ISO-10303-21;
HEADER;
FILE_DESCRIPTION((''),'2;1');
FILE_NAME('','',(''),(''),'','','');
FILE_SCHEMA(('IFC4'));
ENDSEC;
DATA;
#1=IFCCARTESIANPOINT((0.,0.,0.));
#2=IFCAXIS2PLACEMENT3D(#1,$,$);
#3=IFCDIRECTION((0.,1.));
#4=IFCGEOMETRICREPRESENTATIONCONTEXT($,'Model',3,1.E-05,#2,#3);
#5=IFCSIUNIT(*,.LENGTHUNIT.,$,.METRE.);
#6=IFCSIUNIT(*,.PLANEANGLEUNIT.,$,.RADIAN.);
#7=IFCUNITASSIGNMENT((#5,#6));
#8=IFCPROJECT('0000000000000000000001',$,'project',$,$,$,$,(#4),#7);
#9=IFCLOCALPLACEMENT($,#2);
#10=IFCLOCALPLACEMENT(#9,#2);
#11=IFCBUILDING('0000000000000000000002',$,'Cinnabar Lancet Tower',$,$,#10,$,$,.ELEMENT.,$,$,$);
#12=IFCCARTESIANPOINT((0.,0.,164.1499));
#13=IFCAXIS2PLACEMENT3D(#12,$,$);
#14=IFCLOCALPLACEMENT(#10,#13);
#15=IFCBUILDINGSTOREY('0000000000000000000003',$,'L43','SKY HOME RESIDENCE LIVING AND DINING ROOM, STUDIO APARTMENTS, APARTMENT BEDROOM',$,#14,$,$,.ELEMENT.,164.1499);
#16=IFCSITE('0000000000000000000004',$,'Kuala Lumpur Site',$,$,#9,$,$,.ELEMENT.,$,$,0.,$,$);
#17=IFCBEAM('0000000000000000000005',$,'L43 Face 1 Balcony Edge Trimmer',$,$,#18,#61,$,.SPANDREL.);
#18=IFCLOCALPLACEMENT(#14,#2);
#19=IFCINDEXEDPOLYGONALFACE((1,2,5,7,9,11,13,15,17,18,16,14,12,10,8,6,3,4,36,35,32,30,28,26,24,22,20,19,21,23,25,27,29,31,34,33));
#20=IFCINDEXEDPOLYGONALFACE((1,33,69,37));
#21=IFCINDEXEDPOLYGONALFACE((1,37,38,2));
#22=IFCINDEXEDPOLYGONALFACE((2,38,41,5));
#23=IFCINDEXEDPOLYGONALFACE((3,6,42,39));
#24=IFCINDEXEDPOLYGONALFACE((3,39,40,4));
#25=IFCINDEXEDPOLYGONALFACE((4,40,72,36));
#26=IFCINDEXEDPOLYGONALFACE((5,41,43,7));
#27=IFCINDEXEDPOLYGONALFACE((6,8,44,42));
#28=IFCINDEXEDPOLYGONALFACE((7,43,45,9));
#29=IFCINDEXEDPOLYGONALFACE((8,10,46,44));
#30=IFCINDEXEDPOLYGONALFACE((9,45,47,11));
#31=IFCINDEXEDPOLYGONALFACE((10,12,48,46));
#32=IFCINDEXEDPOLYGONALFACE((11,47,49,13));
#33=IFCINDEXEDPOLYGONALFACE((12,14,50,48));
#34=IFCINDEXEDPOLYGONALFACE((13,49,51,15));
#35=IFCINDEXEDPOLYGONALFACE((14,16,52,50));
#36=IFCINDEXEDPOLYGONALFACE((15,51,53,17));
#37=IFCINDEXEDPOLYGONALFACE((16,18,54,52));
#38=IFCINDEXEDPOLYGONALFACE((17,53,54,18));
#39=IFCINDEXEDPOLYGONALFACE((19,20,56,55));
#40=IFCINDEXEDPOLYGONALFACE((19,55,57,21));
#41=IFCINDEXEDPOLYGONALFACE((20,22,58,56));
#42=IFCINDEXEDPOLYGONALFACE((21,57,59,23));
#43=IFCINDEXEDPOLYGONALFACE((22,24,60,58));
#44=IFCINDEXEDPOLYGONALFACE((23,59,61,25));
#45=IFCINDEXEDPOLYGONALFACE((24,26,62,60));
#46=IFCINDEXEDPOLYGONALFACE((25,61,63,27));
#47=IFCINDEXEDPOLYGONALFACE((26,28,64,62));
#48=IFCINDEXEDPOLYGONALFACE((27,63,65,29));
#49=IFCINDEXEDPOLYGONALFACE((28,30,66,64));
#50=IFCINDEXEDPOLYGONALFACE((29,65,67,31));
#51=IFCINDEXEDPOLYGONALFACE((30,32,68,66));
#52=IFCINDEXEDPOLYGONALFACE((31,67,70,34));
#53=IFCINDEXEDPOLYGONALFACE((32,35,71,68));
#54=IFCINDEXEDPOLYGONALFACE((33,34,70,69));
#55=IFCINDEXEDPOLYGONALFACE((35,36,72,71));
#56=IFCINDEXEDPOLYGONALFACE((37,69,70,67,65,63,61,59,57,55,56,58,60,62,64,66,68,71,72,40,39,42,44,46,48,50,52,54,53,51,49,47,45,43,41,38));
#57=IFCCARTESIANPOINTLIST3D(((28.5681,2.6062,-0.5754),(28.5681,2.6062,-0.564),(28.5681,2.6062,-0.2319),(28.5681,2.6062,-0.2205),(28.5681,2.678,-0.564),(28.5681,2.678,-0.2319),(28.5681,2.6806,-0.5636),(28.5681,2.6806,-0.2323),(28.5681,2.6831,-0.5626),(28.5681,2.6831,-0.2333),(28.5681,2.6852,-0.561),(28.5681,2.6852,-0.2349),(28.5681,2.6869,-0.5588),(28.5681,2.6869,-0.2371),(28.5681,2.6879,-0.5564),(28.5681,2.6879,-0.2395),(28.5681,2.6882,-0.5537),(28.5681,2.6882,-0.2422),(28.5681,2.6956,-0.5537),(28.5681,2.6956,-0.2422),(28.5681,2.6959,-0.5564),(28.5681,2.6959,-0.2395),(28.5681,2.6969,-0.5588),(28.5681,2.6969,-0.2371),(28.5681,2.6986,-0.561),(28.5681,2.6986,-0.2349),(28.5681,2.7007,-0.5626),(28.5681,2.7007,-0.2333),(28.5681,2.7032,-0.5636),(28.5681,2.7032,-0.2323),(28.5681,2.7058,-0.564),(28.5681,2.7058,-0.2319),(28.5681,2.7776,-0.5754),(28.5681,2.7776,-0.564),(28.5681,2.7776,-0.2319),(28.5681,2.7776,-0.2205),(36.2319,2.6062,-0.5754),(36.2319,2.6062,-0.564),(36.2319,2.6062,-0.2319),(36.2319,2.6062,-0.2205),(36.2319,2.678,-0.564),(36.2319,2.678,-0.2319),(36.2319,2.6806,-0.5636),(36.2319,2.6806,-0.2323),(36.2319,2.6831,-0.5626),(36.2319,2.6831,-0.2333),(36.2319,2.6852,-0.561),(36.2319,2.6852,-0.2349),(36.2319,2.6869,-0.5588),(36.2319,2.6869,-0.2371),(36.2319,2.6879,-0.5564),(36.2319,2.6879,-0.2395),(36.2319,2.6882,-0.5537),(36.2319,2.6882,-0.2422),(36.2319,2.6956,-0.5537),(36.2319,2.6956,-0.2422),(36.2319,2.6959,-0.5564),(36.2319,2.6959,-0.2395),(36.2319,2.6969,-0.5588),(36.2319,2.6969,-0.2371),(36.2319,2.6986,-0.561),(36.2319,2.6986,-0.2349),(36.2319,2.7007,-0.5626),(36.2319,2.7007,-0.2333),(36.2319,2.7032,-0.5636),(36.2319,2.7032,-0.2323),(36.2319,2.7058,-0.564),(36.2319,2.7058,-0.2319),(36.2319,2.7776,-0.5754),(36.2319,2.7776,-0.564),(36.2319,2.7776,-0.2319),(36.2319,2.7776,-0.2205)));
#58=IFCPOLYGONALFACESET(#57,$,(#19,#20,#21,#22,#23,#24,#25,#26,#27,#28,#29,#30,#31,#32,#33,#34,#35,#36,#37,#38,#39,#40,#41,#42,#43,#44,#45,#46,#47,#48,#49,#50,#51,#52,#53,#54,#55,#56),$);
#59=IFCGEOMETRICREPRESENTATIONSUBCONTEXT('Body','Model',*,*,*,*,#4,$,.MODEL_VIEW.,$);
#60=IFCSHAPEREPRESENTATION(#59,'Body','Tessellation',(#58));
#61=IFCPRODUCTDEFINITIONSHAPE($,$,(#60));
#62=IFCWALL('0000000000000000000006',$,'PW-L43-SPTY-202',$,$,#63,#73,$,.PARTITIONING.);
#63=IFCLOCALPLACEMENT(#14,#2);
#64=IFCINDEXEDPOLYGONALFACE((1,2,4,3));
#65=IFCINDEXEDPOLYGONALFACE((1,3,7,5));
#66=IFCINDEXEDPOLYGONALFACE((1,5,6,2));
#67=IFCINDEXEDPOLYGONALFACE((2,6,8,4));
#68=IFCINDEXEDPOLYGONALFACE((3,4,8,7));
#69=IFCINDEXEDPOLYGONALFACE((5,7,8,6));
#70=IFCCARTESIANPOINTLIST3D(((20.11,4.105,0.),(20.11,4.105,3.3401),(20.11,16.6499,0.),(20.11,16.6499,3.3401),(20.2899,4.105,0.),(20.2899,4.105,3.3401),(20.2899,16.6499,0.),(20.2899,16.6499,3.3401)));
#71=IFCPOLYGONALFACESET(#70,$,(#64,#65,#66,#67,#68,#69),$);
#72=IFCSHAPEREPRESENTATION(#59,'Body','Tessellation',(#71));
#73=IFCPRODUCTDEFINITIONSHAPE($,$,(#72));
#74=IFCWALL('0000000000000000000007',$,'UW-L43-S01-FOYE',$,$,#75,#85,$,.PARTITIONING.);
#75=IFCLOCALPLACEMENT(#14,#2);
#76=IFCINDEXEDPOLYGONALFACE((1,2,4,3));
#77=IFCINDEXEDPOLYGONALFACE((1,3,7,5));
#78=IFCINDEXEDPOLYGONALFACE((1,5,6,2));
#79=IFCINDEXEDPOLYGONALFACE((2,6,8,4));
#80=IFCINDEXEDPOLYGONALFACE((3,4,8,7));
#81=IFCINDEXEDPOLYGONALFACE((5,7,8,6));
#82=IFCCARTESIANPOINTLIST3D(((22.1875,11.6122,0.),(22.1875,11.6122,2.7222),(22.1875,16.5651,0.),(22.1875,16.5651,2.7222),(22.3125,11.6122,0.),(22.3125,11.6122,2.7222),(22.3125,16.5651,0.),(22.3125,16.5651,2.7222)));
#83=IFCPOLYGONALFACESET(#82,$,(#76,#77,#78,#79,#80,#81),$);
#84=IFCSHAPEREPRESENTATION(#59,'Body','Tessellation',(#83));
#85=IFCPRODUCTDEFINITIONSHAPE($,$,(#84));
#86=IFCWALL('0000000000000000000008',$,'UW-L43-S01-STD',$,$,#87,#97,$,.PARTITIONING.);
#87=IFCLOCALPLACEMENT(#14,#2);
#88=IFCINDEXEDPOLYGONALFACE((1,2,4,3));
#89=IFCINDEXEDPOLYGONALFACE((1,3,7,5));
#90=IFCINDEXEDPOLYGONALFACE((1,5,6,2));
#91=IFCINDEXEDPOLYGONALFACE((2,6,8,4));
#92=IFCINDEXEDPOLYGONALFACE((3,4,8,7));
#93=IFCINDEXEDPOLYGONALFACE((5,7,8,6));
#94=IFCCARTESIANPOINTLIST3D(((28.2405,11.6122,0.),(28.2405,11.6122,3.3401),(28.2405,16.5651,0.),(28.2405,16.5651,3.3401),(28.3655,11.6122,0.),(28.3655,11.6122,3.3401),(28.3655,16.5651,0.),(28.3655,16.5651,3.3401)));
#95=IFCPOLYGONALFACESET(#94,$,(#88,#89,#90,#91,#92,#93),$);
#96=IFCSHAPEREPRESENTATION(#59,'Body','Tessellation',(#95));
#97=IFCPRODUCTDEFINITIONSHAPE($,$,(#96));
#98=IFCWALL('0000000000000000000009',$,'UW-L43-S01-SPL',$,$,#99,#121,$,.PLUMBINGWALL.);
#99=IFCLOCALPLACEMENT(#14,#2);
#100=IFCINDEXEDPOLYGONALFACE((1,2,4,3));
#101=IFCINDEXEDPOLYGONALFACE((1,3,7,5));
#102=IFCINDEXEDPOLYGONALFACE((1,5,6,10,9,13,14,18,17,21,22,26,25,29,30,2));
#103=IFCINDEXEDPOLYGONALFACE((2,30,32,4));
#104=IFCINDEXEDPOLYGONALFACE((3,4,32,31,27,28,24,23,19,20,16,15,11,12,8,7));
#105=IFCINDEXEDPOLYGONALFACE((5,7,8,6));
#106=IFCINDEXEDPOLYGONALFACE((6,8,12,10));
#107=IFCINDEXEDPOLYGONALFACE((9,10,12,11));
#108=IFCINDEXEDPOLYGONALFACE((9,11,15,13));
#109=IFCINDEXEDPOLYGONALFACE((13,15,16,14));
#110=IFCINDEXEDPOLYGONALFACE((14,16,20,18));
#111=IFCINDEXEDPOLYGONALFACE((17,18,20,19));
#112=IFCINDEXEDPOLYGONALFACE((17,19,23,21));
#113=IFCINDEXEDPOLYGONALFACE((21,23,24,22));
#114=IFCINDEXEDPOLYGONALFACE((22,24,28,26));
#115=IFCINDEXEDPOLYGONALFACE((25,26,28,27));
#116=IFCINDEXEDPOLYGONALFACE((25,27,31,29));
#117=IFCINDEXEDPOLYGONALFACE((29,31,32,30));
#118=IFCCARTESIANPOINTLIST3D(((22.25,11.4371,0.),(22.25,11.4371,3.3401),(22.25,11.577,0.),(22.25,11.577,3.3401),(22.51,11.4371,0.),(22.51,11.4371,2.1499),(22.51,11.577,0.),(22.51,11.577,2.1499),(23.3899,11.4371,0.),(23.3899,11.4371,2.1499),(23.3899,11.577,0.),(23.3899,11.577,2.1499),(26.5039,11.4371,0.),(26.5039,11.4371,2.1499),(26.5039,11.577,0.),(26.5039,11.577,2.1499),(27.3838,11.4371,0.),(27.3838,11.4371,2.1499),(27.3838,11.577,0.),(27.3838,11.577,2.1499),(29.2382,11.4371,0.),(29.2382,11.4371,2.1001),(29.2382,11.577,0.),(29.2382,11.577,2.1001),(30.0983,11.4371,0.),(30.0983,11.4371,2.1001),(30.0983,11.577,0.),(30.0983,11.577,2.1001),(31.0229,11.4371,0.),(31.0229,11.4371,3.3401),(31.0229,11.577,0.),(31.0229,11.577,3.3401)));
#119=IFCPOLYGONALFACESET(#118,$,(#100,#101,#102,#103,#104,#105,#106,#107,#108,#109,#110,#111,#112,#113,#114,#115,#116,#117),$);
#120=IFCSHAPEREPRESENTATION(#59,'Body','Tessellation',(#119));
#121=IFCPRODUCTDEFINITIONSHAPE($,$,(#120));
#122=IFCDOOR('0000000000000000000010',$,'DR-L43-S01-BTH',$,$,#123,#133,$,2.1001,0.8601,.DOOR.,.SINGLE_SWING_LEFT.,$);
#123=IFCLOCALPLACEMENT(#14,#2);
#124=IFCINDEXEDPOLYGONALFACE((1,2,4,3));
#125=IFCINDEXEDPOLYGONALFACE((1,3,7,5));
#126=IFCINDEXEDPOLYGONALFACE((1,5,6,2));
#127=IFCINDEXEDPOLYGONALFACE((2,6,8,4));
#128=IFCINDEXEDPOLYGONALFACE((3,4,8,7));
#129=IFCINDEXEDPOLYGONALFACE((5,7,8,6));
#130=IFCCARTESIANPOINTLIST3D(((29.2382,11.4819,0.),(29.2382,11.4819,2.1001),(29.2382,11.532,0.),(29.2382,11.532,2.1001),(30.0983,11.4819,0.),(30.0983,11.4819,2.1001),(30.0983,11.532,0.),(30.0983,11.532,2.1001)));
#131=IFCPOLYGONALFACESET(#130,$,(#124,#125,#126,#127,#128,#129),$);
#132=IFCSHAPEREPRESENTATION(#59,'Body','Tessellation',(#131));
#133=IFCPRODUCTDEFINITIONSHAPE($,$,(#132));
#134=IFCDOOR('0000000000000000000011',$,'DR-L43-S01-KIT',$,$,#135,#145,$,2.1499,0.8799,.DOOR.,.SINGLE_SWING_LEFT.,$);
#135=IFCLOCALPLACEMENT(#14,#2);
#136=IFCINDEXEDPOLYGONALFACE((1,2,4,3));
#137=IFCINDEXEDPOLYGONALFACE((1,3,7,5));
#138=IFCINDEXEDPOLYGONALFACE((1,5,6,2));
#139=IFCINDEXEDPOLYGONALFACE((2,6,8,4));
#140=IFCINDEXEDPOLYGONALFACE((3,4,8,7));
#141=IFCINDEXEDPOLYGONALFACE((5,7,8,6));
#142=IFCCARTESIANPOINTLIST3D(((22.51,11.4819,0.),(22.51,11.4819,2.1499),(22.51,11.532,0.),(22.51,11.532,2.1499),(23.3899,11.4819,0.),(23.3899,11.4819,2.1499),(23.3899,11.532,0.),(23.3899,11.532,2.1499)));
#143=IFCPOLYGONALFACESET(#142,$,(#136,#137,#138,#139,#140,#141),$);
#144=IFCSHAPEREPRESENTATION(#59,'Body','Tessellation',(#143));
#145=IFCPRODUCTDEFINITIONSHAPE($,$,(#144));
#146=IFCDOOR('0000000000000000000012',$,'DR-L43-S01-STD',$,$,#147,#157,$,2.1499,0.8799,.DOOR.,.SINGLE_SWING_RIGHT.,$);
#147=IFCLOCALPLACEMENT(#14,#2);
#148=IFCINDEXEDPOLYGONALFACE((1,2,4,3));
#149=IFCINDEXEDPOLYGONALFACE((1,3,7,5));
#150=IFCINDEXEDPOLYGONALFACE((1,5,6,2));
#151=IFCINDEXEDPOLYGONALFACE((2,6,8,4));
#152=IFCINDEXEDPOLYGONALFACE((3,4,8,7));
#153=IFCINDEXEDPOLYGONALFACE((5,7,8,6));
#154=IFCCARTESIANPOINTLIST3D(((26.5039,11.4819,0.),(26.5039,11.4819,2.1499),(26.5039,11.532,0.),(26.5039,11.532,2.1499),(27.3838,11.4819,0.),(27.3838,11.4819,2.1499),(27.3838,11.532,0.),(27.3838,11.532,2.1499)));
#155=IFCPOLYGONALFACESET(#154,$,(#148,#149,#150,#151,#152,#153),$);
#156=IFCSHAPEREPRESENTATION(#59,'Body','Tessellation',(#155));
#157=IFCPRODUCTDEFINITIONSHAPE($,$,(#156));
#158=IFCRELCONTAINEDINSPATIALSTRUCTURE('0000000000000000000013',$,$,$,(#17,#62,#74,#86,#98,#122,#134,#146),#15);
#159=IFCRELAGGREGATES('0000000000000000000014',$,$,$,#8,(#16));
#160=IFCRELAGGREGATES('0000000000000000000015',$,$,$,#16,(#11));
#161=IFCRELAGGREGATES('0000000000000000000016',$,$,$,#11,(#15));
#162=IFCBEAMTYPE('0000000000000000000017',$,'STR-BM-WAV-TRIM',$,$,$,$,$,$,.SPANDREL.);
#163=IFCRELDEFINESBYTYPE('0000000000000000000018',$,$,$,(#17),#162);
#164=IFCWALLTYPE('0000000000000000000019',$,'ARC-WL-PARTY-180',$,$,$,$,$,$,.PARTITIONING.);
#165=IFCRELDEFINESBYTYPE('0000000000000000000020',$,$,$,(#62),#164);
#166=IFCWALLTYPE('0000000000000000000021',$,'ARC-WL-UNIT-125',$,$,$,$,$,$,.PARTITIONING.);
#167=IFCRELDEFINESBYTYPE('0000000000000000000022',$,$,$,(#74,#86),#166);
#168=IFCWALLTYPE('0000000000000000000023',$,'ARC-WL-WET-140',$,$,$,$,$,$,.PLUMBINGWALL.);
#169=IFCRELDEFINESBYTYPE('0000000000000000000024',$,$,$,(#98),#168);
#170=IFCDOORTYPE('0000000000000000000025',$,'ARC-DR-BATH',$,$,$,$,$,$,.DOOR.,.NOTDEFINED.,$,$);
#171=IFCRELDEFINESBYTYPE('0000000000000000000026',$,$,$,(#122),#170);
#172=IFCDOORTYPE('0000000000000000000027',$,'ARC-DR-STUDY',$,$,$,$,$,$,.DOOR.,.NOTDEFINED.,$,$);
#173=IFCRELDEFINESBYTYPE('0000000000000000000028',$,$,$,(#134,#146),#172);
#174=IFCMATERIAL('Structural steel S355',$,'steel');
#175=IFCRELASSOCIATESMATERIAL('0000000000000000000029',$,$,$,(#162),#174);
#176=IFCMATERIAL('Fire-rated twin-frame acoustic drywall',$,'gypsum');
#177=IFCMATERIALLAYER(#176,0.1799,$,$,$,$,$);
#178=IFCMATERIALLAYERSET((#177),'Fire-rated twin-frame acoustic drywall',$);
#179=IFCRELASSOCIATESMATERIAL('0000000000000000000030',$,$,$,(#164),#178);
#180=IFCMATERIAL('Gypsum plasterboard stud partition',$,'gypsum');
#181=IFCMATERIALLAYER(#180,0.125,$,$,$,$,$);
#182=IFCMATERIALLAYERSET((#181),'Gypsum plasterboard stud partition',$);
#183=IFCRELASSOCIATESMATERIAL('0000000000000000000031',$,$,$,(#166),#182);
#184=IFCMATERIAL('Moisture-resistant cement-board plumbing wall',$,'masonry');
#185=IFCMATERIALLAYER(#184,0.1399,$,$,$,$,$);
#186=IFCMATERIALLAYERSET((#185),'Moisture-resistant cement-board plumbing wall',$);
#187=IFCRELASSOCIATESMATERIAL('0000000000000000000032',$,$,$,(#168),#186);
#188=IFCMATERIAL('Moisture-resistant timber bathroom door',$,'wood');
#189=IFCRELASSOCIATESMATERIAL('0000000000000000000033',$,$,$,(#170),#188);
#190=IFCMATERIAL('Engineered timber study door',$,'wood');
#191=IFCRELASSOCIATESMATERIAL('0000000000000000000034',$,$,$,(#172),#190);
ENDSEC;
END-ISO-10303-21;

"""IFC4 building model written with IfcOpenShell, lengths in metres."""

from ifc_helpers import new_model, si_unit, direction, frame, frame_2d, origin, origin_2d, place, context, subcontext, project, spatial, rectangle, i_section, extrude, material, layer, layer_set, material_profile, profile_set, type_object, element, fill, save


model = new_model("IFC4")

# Units and contexts
model_context = context("Model", 3, precision=1e-05, world=origin(), true_north=direction((0.0, 1.0)))
body_context = subcontext(model_context, "Body", "Model", "MODEL_VIEW")
ifc_project = project(units=[si_unit("LENGTHUNIT", "METRE"), si_unit("PLANEANGLEUNIT", "RADIAN")], contexts=[model_context])

# Site, building, storey
site_placement = place(None, origin())
site = spatial("IfcSite", under=ifc_project, at=site_placement, Name="Kuala Lumpur Site", CompositionType="ELEMENT", RefElevation=0.0)
building_placement = place(site_placement, origin())
building = spatial("IfcBuilding", under=site, at=building_placement, Name="Cinnabar Lancet Tower", CompositionType="ELEMENT")
storey_placement = place(building_placement, frame((0.0, 0.0, 164.1499)))
storey = spatial("IfcBuildingStorey", under=building, at=storey_placement, Name="L43", Description="SKY HOME RESIDENCE LIVING AND DINING ROOM, STUDIO APARTMENTS, APARTMENT BEDROOM", CompositionType="ELEMENT", Elevation=164.1499)

# Beam
ifc_material_1 = material(Name="Structural steel S355", Category="steel")
ifc_material_profile_1 = material_profile(ifc_material_1, i_section(OverallWidth=0.1714, OverallDepth=0.355, WebThickness=0.0073, FlangeThickness=0.0115, FilletRadius=0.0103, at=origin_2d()), Name="UKB 356x171x51")
ifc_profile_set_1 = profile_set([ifc_material_profile_1], Name="Structural steel S355")
beam_type_1 = type_object("IfcBeamType", Name="STR-BM-WAV-TRIM", PredefinedType="SPANDREL", material=ifc_profile_set_1)
beam_1_placement = place(storey_placement, frame((28.5681, 2.6919, -0.3979), z_axis=(1.0, 0.0, 0.0), x_axis=(0.0, 1.0, 0.0)))
element("IfcBeam", 1, at=beam_1_placement, inside=storey, type_object=beam_type_1, Name="L43 Face 1 Balcony Edge Trimmer", PredefinedType="SPANDREL", context=body_context, shape_type="SweptSolid", body=[
    extrude(i_section(OverallWidth=0.1714, OverallDepth=0.355, WebThickness=0.0073, FlangeThickness=0.0115, FilletRadius=0.0103, at=origin_2d()), origin(), (0.0, 0.0, 1.0), 7.6638),
])

# Walls
ifc_material_2 = material(Name="Fire-rated twin-frame acoustic drywall", Category="gypsum")
ifc_layer_1 = layer(ifc_material_2, 0.1799)
ifc_layer_set_1 = layer_set([ifc_layer_1], Name="Fire-rated twin-frame acoustic drywall")
wall_type_1 = type_object("IfcWallType", Name="ARC-WL-PARTY-180", PredefinedType="PARTITIONING", material=ifc_layer_set_1)
wall_1_placement = place(storey_placement, frame((20.2, 4.105, 0.0), z_axis=(0.0, 0.0, 1.0), x_axis=(0.0, 1.0, 0.0)))
element("IfcWall", 2, at=wall_1_placement, inside=storey, type_object=wall_type_1, Name="PW-L43-SPTY-202", PredefinedType="PARTITIONING", context=body_context, shape_type="SweptSolid", body=[
    extrude(rectangle(XDim=12.5449, YDim=0.1799, at=frame_2d((6.2725, 0.0))), origin(), (0.0, 0.0, 1.0), 3.3401),
])
ifc_material_3 = material(Name="Gypsum plasterboard stud partition", Category="gypsum")
ifc_layer_2 = layer(ifc_material_3, 0.125)
ifc_layer_set_2 = layer_set([ifc_layer_2], Name="Gypsum plasterboard stud partition")
wall_type_2 = type_object("IfcWallType", Name="ARC-WL-UNIT-125", PredefinedType="PARTITIONING", material=ifc_layer_set_2)
wall_2_placement = place(storey_placement, frame((22.25, 11.6121, 0.0), z_axis=(0.0, 0.0, 1.0), x_axis=(0.0, 1.0, 0.0)))
element("IfcWall", 3, at=wall_2_placement, inside=storey, type_object=wall_type_2, Name="UW-L43-S01-FOYE", PredefinedType="PARTITIONING", context=body_context, shape_type="SweptSolid", body=[
    extrude(rectangle(XDim=4.9529, YDim=0.125, at=frame_2d((2.4766, 0.0))), origin(), (0.0, 0.0, 1.0), 2.7222),
])
wall_3_placement = place(storey_placement, frame((28.303, 11.6121, 0.0), z_axis=(0.0, 0.0, 1.0), x_axis=(0.0, 1.0, 0.0)))
element("IfcWall", 4, at=wall_3_placement, inside=storey, type_object=wall_type_2, Name="UW-L43-S01-STD", PredefinedType="PARTITIONING", context=body_context, shape_type="SweptSolid", body=[
    extrude(rectangle(XDim=4.9529, YDim=0.125, at=frame_2d((2.4766, 0.0))), origin(), (0.0, 0.0, 1.0), 3.3401),
])

# Wall, openings, doors
ifc_material_4 = material(Name="Moisture-resistant cement-board plumbing wall", Category="masonry")
ifc_layer_3 = layer(ifc_material_4, 0.1399)
ifc_layer_set_3 = layer_set([ifc_layer_3], Name="Moisture-resistant cement-board plumbing wall")
wall_type_3 = type_object("IfcWallType", Name="ARC-WL-WET-140", PredefinedType="PLUMBINGWALL", material=ifc_layer_set_3)
wall_4_placement = place(storey_placement, frame((22.25, 11.5071, 0.0), z_axis=(0.0, 0.0, 1.0), x_axis=(1.0, 0.0, 0.0)))
wall_4 = element("IfcWall", 5, at=wall_4_placement, inside=storey, type_object=wall_type_3, Name="UW-L43-S01-SPL", PredefinedType="PLUMBINGWALL", context=body_context, shape_type="SweptSolid", body=[
    extrude(rectangle(XDim=8.7729, YDim=0.1399, at=frame_2d((4.3865, 0.0))), origin(), (0.0, 0.0, 1.0), 3.3401),
])
opening_1_placement = place(wall_4_placement, frame((6.988, 0.0, 0.0)))
opening_1 = element("IfcOpeningElement", 6, at=opening_1_placement, cuts=wall_4, PredefinedType="OPENING", context=body_context, shape_type="SweptSolid", body=[
    extrude(rectangle(XDim=0.8601, YDim=2.1001, at=frame_2d((0.4302, 1.05))), frame((0.0, 0.0798, 0.0), z_axis=(0.0, -1.0, 0.0), x_axis=(1.0, 0.0, 0.0)), (0.0, 0.0, 1.0), 0.1599),
])
opening_2_placement = place(wall_4_placement, frame((0.26, 0.0, 0.0)))
opening_2 = element("IfcOpeningElement", 7, at=opening_2_placement, cuts=wall_4, PredefinedType="OPENING", context=body_context, shape_type="SweptSolid", body=[
    extrude(rectangle(XDim=0.8799, YDim=2.1499, at=frame_2d((0.4399, 1.075))), frame((0.0, 0.0798, 0.0), z_axis=(0.0, -1.0, 0.0), x_axis=(1.0, 0.0, 0.0)), (0.0, 0.0, 1.0), 0.1599),
])
opening_3_placement = place(wall_4_placement, frame((4.2539, 0.0, 0.0)))
opening_3 = element("IfcOpeningElement", 8, at=opening_3_placement, cuts=wall_4, PredefinedType="OPENING", context=body_context, shape_type="SweptSolid", body=[
    extrude(rectangle(XDim=0.8799, YDim=2.1499, at=frame_2d((0.4399, 1.075))), frame((0.0, 0.0798, 0.0), z_axis=(0.0, -1.0, 0.0), x_axis=(1.0, 0.0, 0.0)), (0.0, 0.0, 1.0), 0.1599),
])
ifc_material_5 = material(Name="Moisture-resistant timber bathroom door", Category="wood")
door_type_1 = type_object("IfcDoorType", Name="ARC-DR-BATH", OperationType="NOTDEFINED", PredefinedType="DOOR", material=ifc_material_5)
door_1_placement = place(opening_1_placement, origin())
door_1 = element("IfcDoor", 9, at=door_1_placement, inside=storey, type_object=door_type_1, Name="DR-L43-S01-BTH", OperationType="SINGLE_SWING_LEFT", OverallHeight=2.1001, OverallWidth=0.8601, PredefinedType="DOOR", context=body_context, shape_type="SweptSolid", body=[
    extrude(rectangle(XDim=0.8601, YDim=2.1001, at=frame_2d((0.4302, 1.05))), frame((0.0, 0.0249, 0.0), z_axis=(0.0, -1.0, 0.0), x_axis=(1.0, 0.0, 0.0)), (0.0, 0.0, 1.0), 0.05),
])
fill(opening_1, door_1)
ifc_material_6 = material(Name="Engineered timber study door", Category="wood")
door_type_2 = type_object("IfcDoorType", Name="ARC-DR-STUDY", OperationType="NOTDEFINED", PredefinedType="DOOR", material=ifc_material_6)
door_2_placement = place(opening_2_placement, origin())
door_2 = element("IfcDoor", 10, at=door_2_placement, inside=storey, type_object=door_type_2, Name="DR-L43-S01-KIT", OperationType="SINGLE_SWING_LEFT", OverallHeight=2.1499, OverallWidth=0.8799, PredefinedType="DOOR", context=body_context, shape_type="SweptSolid", body=[
    extrude(rectangle(XDim=0.8799, YDim=2.1499, at=frame_2d((0.4399, 1.075))), frame((0.0, 0.0249, 0.0), z_axis=(0.0, -1.0, 0.0), x_axis=(1.0, 0.0, 0.0)), (0.0, 0.0, 1.0), 0.05),
])
fill(opening_2, door_2)
door_3_placement = place(opening_3_placement, origin())
door_3 = element("IfcDoor", 11, at=door_3_placement, inside=storey, type_object=door_type_2, Name="DR-L43-S01-STD", OperationType="SINGLE_SWING_RIGHT", OverallHeight=2.1499, OverallWidth=0.8799, PredefinedType="DOOR", context=body_context, shape_type="SweptSolid", body=[
    extrude(rectangle(XDim=0.8799, YDim=2.1499, at=frame_2d((0.4399, 1.075))), frame((0.0, 0.0249, 0.0), z_axis=(0.0, -1.0, 0.0), x_axis=(1.0, 0.0, 0.0)), (0.0, 0.0, 1.0), 0.05),
])
fill(opening_3, door_3)

save(model, "model.ifc")
